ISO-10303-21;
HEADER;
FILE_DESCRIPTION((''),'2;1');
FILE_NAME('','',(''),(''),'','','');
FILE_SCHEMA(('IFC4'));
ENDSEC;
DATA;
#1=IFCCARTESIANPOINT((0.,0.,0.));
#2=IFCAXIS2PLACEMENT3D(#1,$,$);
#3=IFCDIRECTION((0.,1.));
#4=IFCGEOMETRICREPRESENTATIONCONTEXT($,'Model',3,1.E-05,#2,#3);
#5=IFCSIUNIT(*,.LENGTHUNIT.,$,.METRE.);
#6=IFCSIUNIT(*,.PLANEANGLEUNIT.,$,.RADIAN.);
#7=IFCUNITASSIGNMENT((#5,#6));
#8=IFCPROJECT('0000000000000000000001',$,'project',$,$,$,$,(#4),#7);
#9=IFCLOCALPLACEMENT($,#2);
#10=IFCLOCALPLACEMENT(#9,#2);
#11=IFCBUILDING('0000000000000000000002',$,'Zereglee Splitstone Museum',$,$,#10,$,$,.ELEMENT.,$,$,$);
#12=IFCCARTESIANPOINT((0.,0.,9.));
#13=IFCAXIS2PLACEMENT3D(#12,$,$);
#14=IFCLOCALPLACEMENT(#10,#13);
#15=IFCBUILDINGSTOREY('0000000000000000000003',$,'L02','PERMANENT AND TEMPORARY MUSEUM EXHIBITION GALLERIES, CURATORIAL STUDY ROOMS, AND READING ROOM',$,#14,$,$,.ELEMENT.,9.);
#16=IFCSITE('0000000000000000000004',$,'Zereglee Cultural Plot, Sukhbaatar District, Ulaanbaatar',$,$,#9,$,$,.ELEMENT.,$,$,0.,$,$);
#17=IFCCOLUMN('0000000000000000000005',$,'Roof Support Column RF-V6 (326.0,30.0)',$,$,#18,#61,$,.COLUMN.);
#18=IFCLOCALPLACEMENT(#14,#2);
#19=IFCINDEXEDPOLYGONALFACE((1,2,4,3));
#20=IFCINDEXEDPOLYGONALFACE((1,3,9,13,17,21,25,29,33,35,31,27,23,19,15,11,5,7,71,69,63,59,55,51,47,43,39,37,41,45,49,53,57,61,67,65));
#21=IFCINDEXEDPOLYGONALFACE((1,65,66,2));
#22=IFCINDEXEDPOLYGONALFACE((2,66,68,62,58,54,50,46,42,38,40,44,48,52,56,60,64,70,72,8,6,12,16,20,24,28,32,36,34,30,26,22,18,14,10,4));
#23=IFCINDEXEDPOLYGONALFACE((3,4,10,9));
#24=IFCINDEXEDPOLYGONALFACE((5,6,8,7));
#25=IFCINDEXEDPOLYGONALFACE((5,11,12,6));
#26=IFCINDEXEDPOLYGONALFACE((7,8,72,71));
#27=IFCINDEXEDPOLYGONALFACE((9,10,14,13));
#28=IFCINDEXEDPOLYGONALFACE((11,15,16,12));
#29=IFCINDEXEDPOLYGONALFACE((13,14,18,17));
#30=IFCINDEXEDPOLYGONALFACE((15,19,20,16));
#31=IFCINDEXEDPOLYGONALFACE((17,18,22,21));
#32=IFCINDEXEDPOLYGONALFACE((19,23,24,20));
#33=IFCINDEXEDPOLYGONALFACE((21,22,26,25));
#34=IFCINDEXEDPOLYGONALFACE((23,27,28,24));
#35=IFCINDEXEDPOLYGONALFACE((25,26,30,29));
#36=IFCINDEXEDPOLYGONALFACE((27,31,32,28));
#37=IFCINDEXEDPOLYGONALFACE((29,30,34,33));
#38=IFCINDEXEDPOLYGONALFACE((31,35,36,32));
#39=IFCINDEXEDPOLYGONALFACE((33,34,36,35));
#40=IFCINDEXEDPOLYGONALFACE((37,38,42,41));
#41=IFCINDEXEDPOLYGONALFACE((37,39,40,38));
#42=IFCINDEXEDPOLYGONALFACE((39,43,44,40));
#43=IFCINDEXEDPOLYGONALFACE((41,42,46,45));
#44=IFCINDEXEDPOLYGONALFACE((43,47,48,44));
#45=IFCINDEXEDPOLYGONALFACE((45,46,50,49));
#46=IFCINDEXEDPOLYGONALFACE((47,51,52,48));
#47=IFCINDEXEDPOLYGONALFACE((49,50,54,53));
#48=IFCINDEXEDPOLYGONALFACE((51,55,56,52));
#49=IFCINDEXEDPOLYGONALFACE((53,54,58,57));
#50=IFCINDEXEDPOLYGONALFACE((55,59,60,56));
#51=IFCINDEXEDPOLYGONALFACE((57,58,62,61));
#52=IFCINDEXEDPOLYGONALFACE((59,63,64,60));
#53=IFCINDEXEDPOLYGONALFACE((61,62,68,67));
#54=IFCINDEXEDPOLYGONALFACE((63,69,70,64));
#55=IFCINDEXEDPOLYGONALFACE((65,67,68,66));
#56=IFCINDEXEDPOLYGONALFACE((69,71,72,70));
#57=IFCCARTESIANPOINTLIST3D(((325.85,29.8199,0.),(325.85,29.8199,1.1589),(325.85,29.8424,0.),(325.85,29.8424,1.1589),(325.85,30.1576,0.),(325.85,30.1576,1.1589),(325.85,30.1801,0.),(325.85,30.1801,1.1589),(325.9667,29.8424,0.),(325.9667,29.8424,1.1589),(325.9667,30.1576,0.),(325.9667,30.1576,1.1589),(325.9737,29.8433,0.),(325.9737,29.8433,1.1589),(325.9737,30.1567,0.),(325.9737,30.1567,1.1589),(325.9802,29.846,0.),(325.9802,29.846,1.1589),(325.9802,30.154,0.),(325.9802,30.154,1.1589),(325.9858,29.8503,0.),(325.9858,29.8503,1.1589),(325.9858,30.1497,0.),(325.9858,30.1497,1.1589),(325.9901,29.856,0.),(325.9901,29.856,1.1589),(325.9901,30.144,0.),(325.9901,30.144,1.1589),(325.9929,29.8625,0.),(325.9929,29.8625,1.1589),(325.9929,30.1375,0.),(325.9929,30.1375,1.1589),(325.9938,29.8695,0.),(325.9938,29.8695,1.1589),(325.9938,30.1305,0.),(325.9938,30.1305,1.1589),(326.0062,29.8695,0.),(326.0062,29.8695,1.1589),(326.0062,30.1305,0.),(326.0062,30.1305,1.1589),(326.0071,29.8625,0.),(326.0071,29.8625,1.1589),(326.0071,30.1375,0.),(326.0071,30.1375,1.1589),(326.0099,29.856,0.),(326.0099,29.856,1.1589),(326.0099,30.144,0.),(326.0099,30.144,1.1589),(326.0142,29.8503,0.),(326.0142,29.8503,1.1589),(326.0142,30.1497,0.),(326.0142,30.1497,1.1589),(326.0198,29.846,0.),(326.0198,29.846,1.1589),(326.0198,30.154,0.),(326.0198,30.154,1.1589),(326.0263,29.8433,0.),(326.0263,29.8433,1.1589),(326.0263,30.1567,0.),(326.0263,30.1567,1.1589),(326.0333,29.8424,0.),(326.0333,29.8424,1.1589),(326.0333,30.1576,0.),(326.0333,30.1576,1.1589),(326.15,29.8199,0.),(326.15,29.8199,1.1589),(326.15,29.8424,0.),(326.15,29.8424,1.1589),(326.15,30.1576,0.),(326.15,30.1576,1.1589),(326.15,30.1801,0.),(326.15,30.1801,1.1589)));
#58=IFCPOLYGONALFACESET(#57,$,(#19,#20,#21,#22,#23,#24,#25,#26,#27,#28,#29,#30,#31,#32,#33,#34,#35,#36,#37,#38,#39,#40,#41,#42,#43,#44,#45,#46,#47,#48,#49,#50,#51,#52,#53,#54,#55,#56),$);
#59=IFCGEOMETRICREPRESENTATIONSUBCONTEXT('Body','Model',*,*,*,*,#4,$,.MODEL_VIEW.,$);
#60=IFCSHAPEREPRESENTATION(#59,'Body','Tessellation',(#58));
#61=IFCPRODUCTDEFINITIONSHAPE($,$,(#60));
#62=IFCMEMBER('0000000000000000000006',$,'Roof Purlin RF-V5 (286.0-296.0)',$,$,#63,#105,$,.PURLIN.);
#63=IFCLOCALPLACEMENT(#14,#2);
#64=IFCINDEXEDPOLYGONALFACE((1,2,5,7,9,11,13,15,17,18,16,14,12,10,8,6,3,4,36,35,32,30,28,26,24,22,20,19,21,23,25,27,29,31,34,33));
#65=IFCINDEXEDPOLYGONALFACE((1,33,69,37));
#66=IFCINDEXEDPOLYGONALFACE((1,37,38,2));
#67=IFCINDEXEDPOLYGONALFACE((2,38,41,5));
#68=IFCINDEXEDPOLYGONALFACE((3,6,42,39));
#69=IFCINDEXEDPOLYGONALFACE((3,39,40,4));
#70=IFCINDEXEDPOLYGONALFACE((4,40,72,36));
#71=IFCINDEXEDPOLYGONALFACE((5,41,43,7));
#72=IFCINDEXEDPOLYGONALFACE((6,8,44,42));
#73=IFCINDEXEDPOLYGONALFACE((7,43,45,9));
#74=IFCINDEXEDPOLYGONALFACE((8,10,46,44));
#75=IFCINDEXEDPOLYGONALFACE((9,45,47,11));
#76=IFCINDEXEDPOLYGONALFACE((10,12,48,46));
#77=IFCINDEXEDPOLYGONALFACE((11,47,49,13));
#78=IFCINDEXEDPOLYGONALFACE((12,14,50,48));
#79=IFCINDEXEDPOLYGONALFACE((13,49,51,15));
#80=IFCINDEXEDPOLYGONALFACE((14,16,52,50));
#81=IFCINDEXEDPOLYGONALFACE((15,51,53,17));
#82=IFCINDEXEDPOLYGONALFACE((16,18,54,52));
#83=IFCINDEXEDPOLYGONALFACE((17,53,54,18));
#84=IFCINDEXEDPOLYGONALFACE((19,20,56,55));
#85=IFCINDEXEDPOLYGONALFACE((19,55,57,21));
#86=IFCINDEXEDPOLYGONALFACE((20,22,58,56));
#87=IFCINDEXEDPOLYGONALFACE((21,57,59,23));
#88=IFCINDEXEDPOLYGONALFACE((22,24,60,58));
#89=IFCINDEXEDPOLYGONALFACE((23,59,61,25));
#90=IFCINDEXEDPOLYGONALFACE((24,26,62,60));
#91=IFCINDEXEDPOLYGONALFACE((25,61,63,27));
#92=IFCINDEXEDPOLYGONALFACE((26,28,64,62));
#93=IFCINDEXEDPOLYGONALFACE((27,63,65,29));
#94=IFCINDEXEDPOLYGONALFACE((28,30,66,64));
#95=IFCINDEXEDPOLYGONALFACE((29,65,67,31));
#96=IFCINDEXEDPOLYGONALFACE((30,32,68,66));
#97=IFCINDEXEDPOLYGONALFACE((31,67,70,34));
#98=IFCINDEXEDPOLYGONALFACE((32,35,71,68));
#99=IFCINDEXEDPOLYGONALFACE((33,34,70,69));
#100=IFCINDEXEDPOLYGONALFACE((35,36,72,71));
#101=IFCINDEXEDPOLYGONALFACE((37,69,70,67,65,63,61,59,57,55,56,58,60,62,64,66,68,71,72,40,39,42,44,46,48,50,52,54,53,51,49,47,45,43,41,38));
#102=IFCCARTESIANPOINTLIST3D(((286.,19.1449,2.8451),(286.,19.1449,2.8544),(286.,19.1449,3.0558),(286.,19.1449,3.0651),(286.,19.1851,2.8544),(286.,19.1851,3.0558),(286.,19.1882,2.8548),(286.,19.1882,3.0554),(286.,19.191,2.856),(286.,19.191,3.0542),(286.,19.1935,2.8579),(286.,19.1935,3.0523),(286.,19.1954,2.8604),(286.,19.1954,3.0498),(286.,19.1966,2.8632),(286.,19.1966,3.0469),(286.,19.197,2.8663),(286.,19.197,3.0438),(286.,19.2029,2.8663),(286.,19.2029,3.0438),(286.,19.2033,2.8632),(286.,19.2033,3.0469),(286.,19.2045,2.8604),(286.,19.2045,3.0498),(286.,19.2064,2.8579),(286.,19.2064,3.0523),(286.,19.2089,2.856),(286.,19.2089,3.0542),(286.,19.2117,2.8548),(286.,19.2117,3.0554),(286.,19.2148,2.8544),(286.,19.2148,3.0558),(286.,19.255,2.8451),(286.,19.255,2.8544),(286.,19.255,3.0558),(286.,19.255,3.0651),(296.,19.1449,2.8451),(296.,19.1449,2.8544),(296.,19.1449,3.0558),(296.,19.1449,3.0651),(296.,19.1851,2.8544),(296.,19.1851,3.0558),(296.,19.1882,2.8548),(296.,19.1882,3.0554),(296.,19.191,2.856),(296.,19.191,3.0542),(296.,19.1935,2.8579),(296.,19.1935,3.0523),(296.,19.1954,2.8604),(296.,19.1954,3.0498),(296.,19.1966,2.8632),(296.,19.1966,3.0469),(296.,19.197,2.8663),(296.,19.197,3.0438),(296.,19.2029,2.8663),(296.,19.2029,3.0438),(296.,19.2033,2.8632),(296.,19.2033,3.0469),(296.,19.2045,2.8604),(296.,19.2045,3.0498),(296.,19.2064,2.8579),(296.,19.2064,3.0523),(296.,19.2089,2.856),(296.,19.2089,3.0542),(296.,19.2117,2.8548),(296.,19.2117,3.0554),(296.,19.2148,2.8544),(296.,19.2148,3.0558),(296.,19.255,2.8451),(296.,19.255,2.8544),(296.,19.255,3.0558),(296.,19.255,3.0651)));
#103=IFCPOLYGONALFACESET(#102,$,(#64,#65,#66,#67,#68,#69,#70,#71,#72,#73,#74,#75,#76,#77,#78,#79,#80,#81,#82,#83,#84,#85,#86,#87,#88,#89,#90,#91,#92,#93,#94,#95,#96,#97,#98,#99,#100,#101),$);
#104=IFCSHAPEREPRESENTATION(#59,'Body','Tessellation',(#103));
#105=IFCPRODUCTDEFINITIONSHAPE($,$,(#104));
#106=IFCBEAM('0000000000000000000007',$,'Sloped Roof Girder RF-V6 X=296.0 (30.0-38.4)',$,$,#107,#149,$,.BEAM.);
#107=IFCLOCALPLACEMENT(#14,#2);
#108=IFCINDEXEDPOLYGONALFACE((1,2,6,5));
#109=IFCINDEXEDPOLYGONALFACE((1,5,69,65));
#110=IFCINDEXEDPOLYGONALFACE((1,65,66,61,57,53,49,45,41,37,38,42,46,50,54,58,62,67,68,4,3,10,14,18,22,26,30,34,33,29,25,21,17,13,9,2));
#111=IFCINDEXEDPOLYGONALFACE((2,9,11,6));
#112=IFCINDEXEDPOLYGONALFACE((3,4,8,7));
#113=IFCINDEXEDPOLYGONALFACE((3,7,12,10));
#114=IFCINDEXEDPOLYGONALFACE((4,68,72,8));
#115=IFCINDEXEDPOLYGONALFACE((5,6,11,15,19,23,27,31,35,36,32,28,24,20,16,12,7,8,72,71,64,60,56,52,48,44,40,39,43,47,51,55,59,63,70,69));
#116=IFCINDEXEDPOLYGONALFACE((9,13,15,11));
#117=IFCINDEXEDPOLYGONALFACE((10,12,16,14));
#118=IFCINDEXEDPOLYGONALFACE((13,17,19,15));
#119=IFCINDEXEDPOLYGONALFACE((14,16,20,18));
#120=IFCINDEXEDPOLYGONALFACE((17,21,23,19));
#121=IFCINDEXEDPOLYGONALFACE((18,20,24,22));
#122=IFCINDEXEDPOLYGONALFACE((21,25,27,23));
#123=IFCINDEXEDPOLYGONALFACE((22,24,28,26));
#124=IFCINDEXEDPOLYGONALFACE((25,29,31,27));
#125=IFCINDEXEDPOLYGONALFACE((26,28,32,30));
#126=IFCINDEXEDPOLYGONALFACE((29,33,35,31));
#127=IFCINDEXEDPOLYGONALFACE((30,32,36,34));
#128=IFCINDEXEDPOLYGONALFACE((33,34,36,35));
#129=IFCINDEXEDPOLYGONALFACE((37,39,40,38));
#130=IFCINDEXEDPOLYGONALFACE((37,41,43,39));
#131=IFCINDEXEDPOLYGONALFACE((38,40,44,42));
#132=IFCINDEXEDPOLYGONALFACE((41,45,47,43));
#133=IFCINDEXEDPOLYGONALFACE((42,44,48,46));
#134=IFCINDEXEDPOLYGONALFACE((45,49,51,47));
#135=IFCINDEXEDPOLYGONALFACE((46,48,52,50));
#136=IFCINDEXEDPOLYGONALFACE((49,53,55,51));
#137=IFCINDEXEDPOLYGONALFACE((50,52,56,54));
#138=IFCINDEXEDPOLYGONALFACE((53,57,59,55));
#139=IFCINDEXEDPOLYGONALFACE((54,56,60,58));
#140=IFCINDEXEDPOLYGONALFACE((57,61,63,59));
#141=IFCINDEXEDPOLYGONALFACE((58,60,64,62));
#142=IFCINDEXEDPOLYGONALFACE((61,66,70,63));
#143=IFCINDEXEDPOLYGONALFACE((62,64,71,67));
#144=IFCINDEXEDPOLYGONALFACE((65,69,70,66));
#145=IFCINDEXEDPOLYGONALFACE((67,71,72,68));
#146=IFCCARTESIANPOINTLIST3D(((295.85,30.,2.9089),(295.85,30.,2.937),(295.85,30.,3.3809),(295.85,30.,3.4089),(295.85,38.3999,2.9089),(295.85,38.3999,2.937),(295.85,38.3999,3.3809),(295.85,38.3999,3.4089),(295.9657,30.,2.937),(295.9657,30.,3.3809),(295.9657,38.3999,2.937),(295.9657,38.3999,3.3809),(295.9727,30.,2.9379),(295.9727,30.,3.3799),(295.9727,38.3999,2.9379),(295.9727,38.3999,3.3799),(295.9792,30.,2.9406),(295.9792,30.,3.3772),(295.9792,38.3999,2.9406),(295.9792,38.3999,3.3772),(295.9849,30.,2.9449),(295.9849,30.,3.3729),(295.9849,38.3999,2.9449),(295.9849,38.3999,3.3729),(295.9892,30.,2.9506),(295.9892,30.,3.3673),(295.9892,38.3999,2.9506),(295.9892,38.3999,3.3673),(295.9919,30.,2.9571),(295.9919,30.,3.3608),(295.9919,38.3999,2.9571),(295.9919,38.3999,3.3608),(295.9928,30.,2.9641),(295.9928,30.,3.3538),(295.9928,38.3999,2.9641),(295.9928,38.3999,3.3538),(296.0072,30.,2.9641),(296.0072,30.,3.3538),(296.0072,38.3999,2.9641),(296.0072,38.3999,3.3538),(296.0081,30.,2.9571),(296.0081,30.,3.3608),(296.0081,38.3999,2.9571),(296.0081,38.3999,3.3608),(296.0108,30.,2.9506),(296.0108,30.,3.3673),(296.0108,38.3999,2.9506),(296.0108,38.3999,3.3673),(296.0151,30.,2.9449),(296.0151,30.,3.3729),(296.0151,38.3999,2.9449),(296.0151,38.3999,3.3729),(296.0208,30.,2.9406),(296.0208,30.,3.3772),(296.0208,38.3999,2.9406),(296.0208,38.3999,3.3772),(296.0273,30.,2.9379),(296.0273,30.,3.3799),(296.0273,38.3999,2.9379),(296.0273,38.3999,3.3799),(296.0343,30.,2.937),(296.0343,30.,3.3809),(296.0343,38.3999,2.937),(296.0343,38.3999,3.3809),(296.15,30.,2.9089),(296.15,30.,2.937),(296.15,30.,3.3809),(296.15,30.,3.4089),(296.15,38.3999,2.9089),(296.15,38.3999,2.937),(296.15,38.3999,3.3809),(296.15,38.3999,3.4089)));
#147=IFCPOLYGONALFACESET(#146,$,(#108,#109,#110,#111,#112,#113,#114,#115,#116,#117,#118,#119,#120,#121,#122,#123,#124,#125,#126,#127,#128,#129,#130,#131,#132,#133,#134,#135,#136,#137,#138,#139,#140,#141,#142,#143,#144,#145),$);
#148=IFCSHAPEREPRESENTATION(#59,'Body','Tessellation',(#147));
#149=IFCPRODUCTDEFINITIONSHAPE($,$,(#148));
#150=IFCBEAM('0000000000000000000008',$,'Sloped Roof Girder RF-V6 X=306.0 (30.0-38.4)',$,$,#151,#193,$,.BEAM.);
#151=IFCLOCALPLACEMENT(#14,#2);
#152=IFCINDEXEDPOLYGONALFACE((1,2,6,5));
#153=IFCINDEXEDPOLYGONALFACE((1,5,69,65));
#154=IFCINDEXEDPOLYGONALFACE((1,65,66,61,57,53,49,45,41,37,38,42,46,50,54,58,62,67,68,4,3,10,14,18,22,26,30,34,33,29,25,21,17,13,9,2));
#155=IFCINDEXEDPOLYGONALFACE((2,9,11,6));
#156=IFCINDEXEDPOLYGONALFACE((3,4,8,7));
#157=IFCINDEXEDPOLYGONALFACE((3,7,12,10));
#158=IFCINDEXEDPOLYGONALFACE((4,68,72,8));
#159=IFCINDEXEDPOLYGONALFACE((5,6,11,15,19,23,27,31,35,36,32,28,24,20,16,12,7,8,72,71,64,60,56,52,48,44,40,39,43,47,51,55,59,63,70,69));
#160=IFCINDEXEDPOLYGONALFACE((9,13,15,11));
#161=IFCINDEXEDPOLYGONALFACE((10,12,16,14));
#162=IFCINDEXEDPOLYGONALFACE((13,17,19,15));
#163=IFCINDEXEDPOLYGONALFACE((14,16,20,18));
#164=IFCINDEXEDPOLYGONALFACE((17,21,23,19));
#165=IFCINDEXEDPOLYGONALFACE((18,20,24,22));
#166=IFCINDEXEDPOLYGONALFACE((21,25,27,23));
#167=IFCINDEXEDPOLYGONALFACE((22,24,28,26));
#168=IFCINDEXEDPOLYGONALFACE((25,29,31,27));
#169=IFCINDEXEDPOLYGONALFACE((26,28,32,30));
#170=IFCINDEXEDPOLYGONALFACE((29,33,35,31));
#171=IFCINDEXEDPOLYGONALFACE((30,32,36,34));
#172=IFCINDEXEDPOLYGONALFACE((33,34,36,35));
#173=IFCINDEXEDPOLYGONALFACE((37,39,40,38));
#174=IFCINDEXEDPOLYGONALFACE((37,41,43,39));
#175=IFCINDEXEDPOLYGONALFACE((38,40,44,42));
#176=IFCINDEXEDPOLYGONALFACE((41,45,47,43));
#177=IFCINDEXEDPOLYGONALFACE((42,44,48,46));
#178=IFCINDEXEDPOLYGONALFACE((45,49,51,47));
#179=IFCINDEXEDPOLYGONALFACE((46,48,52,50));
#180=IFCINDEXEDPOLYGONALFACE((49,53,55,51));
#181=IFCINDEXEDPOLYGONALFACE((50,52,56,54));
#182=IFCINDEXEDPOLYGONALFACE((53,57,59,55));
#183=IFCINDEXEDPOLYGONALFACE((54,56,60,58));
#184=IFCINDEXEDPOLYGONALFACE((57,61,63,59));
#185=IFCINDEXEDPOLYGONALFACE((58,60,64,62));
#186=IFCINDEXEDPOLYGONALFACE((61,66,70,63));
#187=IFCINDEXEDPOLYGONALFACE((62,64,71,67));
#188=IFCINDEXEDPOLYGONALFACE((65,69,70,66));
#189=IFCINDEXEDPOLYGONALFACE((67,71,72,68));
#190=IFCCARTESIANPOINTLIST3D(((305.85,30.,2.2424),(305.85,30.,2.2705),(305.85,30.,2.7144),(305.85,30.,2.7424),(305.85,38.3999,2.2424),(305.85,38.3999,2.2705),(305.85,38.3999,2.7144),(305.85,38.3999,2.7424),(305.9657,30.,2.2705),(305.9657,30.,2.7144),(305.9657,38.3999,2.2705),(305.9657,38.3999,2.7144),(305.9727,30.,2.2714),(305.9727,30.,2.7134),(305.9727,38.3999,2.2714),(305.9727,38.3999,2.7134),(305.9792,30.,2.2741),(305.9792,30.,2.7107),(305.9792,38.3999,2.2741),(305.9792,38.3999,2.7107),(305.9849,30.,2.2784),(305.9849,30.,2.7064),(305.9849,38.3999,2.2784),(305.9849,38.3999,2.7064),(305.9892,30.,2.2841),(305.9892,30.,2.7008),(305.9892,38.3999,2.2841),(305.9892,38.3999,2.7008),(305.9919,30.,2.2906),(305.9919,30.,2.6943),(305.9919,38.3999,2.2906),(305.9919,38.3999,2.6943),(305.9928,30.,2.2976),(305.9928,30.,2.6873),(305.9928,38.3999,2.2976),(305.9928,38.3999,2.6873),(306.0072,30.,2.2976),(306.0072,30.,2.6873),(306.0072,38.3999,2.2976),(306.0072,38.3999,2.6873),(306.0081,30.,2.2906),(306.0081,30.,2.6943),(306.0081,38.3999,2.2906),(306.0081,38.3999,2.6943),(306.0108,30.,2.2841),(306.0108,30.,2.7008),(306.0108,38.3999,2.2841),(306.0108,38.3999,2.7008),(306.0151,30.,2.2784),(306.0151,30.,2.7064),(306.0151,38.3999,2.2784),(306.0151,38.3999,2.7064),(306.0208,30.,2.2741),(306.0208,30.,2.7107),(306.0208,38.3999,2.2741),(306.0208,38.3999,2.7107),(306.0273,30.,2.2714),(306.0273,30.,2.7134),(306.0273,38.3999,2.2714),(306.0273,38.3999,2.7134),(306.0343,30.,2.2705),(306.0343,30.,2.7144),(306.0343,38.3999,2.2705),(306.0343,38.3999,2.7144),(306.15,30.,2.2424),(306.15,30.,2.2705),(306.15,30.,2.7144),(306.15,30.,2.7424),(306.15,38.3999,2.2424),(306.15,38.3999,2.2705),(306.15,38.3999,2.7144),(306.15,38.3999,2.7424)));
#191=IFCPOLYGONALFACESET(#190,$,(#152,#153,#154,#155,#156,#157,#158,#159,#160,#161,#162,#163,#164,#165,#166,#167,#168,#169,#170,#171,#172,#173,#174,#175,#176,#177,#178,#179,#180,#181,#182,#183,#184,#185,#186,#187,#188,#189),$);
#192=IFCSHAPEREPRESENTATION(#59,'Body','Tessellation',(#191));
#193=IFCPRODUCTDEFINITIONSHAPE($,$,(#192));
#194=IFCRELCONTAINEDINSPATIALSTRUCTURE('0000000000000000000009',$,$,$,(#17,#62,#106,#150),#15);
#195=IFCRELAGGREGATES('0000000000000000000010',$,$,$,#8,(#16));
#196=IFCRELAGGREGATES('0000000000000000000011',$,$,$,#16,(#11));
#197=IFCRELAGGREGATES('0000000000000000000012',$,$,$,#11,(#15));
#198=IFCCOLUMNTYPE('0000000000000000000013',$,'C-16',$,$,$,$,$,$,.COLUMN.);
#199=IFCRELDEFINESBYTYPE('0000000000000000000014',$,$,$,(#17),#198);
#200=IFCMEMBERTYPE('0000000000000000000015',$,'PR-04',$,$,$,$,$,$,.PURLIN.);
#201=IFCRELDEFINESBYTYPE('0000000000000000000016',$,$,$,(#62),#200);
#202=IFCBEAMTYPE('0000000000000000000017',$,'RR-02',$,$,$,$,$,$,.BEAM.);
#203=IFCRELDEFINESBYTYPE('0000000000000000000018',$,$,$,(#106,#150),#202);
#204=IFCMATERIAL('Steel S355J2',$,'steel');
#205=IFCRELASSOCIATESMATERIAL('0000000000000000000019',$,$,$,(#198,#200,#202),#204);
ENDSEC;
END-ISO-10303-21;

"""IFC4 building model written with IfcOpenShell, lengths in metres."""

from ifc_helpers import new_model, si_unit, direction, frame, origin, origin_2d, place, context, subcontext, project, spatial, i_section, extrude, material, material_profile, profile_set, type_object, element, save


model = new_model("IFC4")

# Units and contexts
model_context = context("Model", 3, precision=1e-05, world=origin(), true_north=direction((0.0, 1.0)))
body_context = subcontext(model_context, "Body", "Model", "MODEL_VIEW")
ifc_project = project(units=[si_unit("LENGTHUNIT", "METRE"), si_unit("PLANEANGLEUNIT", "RADIAN")], contexts=[model_context])

# Site, building, storey
site_placement = place(None, origin())
site = spatial("IfcSite", under=ifc_project, at=site_placement, Name="Zereglee Cultural Plot, Sukhbaatar District, Ulaanbaatar", CompositionType="ELEMENT", RefElevation=0.0)
building_placement = place(site_placement, origin())
building = spatial("IfcBuilding", under=site, at=building_placement, Name="Zereglee Splitstone Museum", CompositionType="ELEMENT")
storey_placement = place(building_placement, frame((0.0, 0.0, 9.0)))
storey = spatial("IfcBuildingStorey", under=building, at=storey_placement, Name="L02", Description="PERMANENT AND TEMPORARY MUSEUM EXHIBITION GALLERIES, CURATORIAL STUDY ROOMS, AND READING ROOM", CompositionType="ELEMENT", Elevation=9.0)

# Column
ifc_material_1 = material(Name="Steel S355J2", Category="steel")
ifc_material_profile_1 = material_profile(ifc_material_1, i_section(OverallWidth=0.3, OverallDepth=0.3601, WebThickness=0.0125, FlangeThickness=0.0225, FilletRadius=0.0271, at=origin_2d()), Name="HE 360 B")
ifc_profile_set_1 = profile_set([ifc_material_profile_1], Name="Steel S355J2")
column_type = type_object("IfcColumnType", Name="C-16", PredefinedType="COLUMN", material=ifc_profile_set_1)
column_1_placement = place(storey_placement, frame((326.0, 30.0, 0.0), z_axis=(0.0, 0.0, 1.0), x_axis=(1.0, 0.0, 0.0)))
element("IfcColumn", 1, at=column_1_placement, inside=storey, type_object=column_type, Name="Roof Support Column RF-V6 (326.0,30.0)", PredefinedType="COLUMN", context=body_context, shape_type="SweptSolid", body=[
    extrude(i_section(OverallWidth=0.3, OverallDepth=0.3601, WebThickness=0.0125, FlangeThickness=0.0225, FilletRadius=0.0271, at=origin_2d()), origin(), (0.0, 0.0, 1.0), 1.1589),
])

# Member
ifc_material_profile_2 = material_profile(ifc_material_1, i_section(OverallWidth=0.1101, OverallDepth=0.22, WebThickness=0.0059, FlangeThickness=0.0093, FilletRadius=0.012, at=origin_2d()), Name="IPE 220")
ifc_profile_set_2 = profile_set([ifc_material_profile_2], Name="Steel S355J2")
member_type_1 = type_object("IfcMemberType", Name="PR-04", PredefinedType="PURLIN", material=ifc_profile_set_2)
member_1_placement = place(storey_placement, frame((286.0, 19.2, 2.9551), z_axis=(1.0, 0.0, 0.0), x_axis=(0.0, 1.0, 0.0)))
element("IfcMember", 2, at=member_1_placement, inside=storey, type_object=member_type_1, Name="Roof Purlin RF-V5 (286.0-296.0)", PredefinedType="PURLIN", context=body_context, shape_type="SweptSolid", body=[
    extrude(i_section(OverallWidth=0.1101, OverallDepth=0.22, WebThickness=0.0059, FlangeThickness=0.0093, FilletRadius=0.012, at=origin_2d()), origin(), (0.0, 0.0, 1.0), 10.0),
])

# Beams
ifc_material_profile_3 = material_profile(ifc_material_1, i_section(OverallWidth=0.3, OverallDepth=0.5, WebThickness=0.0144, FlangeThickness=0.0281, FilletRadius=0.0271, at=origin_2d()), Name="HE 500 B")
ifc_profile_set_3 = profile_set([ifc_material_profile_3], Name="Steel S355J2")
beam_type_1 = type_object("IfcBeamType", Name="RR-02", PredefinedType="BEAM", material=ifc_profile_set_3)
for number, where, z_axis, x_axis, name in (
    (3, (296.0, 30.0, 3.1589), (0.0, 1.0, 0.0), (-1.0, 0.0, 0.0), "Sloped Roof Girder RF-V6 X=296.0 (30.0-38.4)"),
    (4, (306.0, 30.0, 2.4924), (0.0, 1.0, 0.0), (-1.0, 0.0, 0.0), "Sloped Roof Girder RF-V6 X=306.0 (30.0-38.4)"),
):
    element("IfcBeam", number, at=place(storey_placement, frame(where, z_axis=z_axis, x_axis=x_axis)), inside=storey, type_object=beam_type_1, Name=name, PredefinedType="BEAM", context=body_context, shape_type="SweptSolid", body=[
        extrude(i_section(OverallWidth=0.3, OverallDepth=0.5, WebThickness=0.0144, FlangeThickness=0.0281, FilletRadius=0.0271, at=origin_2d()), origin(), (0.0, 0.0, 1.0), 8.3999),
    ])

save(model, "model.ifc")
